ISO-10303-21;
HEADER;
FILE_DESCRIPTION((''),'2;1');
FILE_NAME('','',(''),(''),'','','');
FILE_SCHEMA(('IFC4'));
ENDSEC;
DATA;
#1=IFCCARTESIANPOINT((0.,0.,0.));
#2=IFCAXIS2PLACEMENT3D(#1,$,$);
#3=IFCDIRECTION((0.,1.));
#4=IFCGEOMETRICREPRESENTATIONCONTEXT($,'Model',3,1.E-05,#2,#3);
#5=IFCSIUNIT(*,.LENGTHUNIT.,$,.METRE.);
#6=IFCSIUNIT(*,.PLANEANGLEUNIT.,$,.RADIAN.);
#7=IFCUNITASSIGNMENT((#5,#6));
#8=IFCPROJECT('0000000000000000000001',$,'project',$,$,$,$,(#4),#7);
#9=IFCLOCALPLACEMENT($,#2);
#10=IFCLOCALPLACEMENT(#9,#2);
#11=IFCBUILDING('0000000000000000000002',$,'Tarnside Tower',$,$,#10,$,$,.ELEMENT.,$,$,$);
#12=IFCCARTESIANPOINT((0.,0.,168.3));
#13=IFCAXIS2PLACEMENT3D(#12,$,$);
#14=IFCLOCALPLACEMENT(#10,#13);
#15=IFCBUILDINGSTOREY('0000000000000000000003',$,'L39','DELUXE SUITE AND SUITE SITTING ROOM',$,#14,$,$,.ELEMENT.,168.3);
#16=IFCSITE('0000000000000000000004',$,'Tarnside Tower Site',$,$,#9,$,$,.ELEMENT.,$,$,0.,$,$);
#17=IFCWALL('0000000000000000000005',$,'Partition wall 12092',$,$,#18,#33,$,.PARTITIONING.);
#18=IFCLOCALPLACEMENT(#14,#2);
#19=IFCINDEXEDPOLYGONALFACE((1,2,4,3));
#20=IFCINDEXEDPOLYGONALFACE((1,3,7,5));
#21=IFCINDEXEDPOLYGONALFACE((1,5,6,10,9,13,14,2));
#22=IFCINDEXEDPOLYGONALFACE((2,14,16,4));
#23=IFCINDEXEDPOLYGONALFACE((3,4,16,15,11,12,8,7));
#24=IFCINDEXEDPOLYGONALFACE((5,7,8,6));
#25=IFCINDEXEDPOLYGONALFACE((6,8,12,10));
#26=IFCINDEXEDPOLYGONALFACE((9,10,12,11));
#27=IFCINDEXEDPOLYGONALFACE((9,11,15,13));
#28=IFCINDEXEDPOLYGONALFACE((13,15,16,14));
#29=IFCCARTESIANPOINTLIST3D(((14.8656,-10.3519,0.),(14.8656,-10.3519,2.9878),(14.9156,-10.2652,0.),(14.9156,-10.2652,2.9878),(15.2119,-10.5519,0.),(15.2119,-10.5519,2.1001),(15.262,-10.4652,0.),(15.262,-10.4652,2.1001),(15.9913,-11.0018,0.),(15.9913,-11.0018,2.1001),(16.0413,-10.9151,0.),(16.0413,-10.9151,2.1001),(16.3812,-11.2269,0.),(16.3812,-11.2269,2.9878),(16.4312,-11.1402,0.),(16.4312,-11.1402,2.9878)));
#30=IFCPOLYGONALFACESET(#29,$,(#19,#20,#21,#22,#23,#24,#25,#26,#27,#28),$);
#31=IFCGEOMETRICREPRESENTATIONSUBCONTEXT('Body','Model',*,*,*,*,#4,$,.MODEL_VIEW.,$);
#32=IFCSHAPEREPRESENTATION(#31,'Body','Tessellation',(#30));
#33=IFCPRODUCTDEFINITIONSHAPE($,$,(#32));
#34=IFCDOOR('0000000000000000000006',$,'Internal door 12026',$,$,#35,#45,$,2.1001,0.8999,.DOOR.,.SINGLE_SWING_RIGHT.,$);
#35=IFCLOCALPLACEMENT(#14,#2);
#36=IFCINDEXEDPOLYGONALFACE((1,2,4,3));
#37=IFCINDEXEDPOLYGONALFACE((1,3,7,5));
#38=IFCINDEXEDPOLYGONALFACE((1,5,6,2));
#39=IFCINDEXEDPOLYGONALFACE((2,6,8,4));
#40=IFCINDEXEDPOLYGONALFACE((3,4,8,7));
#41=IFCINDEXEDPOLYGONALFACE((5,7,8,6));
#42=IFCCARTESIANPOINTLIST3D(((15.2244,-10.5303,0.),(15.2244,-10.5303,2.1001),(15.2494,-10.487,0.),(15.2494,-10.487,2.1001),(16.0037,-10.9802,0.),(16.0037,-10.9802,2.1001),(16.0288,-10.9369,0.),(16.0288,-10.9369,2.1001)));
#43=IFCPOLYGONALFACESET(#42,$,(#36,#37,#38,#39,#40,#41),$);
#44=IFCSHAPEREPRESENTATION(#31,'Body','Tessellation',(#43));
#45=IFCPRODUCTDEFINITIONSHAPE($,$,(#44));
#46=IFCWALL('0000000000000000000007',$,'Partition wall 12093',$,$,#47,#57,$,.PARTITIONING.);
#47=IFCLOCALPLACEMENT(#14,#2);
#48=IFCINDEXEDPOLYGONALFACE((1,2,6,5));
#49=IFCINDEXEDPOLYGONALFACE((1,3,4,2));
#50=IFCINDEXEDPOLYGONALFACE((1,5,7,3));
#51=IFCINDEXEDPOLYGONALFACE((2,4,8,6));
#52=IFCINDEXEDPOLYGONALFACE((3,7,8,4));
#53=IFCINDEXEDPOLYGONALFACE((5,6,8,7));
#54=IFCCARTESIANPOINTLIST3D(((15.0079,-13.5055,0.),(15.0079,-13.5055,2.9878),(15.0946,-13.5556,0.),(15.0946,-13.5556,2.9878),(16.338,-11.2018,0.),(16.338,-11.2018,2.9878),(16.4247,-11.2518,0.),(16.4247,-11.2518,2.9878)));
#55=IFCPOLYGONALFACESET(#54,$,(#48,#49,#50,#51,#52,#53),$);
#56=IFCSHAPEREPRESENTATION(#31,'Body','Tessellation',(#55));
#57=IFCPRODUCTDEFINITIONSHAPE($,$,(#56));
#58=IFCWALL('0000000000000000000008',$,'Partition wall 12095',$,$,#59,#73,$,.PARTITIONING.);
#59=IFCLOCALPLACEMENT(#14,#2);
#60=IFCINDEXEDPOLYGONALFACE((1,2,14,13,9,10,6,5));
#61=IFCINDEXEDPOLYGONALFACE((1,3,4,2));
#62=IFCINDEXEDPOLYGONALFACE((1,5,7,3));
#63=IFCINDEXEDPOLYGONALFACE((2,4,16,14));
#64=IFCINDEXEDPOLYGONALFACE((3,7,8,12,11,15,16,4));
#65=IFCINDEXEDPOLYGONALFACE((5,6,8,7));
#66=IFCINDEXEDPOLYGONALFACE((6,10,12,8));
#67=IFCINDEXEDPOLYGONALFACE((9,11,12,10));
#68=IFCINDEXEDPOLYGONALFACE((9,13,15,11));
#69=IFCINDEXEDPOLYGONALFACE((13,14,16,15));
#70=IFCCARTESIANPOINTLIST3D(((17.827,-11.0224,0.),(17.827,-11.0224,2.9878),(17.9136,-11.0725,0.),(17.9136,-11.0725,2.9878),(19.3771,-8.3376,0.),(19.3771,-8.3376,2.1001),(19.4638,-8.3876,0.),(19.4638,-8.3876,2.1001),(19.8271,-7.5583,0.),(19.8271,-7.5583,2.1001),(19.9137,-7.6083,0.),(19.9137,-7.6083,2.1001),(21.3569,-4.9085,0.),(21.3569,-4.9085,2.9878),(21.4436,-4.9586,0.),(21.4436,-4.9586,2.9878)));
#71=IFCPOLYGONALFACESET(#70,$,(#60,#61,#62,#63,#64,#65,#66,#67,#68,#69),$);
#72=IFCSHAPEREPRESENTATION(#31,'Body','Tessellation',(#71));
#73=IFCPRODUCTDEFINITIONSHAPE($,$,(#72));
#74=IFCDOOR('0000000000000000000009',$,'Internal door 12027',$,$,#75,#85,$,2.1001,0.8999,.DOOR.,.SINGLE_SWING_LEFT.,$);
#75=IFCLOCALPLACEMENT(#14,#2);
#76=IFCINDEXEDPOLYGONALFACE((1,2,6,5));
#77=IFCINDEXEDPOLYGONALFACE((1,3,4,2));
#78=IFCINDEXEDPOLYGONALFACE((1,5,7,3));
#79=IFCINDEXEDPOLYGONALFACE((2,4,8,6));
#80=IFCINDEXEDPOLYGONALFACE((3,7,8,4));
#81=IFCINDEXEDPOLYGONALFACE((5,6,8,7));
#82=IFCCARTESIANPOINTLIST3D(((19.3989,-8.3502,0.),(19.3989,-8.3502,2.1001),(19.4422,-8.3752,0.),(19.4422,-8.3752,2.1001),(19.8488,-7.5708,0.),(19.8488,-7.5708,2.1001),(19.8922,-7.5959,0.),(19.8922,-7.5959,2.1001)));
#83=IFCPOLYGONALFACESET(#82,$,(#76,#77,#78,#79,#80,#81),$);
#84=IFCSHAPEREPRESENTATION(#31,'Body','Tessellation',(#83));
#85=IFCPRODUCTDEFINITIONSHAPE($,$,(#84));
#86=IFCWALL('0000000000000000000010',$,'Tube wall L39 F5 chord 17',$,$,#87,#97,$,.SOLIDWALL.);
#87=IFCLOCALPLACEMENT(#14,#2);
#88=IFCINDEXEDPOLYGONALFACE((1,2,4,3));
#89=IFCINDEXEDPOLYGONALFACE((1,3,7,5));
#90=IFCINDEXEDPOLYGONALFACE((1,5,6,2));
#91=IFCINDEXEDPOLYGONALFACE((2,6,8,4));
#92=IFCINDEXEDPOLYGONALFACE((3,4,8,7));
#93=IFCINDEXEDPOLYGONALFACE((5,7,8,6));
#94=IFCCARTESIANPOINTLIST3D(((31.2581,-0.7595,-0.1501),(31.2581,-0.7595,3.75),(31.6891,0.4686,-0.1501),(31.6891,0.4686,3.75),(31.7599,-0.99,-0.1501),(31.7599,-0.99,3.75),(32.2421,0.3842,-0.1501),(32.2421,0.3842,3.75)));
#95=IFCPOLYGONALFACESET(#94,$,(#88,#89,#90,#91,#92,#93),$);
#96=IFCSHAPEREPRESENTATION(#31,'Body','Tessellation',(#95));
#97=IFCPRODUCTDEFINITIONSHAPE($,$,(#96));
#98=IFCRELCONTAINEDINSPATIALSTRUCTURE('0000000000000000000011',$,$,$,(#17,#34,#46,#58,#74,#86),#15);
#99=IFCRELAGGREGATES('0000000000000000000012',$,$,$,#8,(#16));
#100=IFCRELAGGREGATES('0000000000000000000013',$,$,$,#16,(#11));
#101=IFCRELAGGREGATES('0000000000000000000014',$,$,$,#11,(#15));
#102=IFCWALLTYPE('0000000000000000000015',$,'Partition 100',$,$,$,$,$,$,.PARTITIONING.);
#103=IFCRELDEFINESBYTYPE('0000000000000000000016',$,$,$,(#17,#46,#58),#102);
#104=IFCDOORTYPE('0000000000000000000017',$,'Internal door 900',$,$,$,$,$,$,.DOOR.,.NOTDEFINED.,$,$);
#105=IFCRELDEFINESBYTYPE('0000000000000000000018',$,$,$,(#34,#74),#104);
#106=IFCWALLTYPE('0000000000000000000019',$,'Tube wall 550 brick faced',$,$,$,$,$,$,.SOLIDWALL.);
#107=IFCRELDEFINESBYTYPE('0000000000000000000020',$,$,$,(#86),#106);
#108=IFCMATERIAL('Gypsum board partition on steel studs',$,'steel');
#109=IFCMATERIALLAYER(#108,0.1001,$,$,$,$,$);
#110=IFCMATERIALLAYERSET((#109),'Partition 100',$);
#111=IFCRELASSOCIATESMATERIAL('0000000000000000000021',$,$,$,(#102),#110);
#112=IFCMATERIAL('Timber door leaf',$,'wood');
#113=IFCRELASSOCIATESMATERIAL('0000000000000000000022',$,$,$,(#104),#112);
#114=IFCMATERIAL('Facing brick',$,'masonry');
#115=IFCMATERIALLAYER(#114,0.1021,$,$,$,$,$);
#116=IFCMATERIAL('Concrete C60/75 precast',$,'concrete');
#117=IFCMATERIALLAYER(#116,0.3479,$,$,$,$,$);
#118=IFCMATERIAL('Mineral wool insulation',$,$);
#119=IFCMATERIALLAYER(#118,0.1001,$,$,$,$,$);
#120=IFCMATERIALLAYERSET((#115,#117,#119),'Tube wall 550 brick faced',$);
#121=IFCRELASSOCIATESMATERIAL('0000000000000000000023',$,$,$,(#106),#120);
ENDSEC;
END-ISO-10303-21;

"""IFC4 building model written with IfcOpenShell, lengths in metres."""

from ifc_helpers import new_model, si_unit, direction, frame, frame_2d, origin, place, context, subcontext, project, spatial, polyline, rectangle, outline, extrude, material, layer, layer_set, type_object, element, fill, save


model = new_model("IFC4")

# Units and contexts
model_context = context("Model", 3, precision=1e-05, world=origin(), true_north=direction((0.0, 1.0)))
body_context = subcontext(model_context, "Body", "Model", "MODEL_VIEW")
ifc_project = project(units=[si_unit("LENGTHUNIT", "METRE"), si_unit("PLANEANGLEUNIT", "RADIAN")], contexts=[model_context])

# Site, building, storey
site_placement = place(None, origin())
site = spatial("IfcSite", under=ifc_project, at=site_placement, Name="Tarnside Tower Site", CompositionType="ELEMENT", RefElevation=0.0)
building_placement = place(site_placement, origin())
building = spatial("IfcBuilding", under=site, at=building_placement, Name="Tarnside Tower", CompositionType="ELEMENT")
storey_placement = place(building_placement, frame((0.0, 0.0, 168.3)))
storey = spatial("IfcBuildingStorey", under=building, at=storey_placement, Name="L39", Description="DELUXE SUITE AND SUITE SITTING ROOM", CompositionType="ELEMENT", Elevation=168.3)

# Shared definitions
ifc_material_1 = material(Name="Gypsum board partition on steel studs", Category="steel")

# Shared definitions
ifc_material_2 = material(Name="Timber door leaf", Category="wood")

# Wall, opening, door
ifc_layer_1 = layer(ifc_material_1, 0.1001)
ifc_layer_set_1 = layer_set([ifc_layer_1], Name="Partition 100")
wall_type_1 = type_object("IfcWallType", Name="Partition 100", PredefinedType="PARTITIONING", material=ifc_layer_set_1)
wall_1_placement = place(storey_placement, frame((14.8906, -10.3086, 0.0), z_axis=(0.0, 0.0, 1.0), x_axis=(0.866037, -0.49998, 0.0)))
wall_1 = element("IfcWall", 1, at=wall_1_placement, inside=storey, type_object=wall_type_1, Name="Partition wall 12092", PredefinedType="PARTITIONING", context=body_context, shape_type="SweptSolid", body=[
    extrude(rectangle(XDim=1.75, YDim=0.1001, at=frame_2d((0.875, 0.0))), origin(), (0.0, 0.0, 1.0), 2.9878),
])
opening_1_placement = place(wall_1_placement, frame((0.3999, 0.0, 0.0)))
opening_1 = element("IfcOpeningElement", 2, at=opening_1_placement, cuts=wall_1, PredefinedType="OPENING", context=body_context, shape_type="SweptSolid", body=[
    extrude(rectangle(XDim=0.8999, YDim=2.1001, at=frame_2d((0.45, 1.05))), frame((0.0, 0.0601, 0.0), z_axis=(0.0, -1.0, 0.0), x_axis=(1.0, 0.0, 0.0)), (0.0, 0.0, 1.0), 0.1201),
])
door_type_1 = type_object("IfcDoorType", Name="Internal door 900", OperationType="NOTDEFINED", PredefinedType="DOOR", material=ifc_material_2)
door_1_placement = place(opening_1_placement, origin())
door_1 = element("IfcDoor", 3, at=door_1_placement, inside=storey, type_object=door_type_1, Name="Internal door 12026", OperationType="SINGLE_SWING_RIGHT", OverallHeight=2.1001, OverallWidth=0.8999, PredefinedType="DOOR", context=body_context, shape_type="SweptSolid", body=[
    extrude(rectangle(XDim=0.8999, YDim=2.1001, at=frame_2d((0.45, 1.05))), frame((0.0, 0.0249, 0.0), z_axis=(0.0, -1.0, 0.0), x_axis=(1.0, 0.0, 0.0)), (0.0, 0.0, 1.0), 0.05),
])
fill(opening_1, door_1)

# Wall
wall_2_placement = place(storey_placement, frame((16.3813, -11.2268, 0.0), z_axis=(0.0, 0.0, 1.0), x_axis=(-0.500008, -0.866021, 0.0)))
element("IfcWall", 4, at=wall_2_placement, inside=storey, type_object=wall_type_1, Name="Partition wall 12093", PredefinedType="PARTITIONING", context=body_context, shape_type="SweptSolid", body=[
    extrude(rectangle(XDim=2.6602, YDim=0.1001, at=frame_2d((1.3301, 0.0))), origin(), (0.0, 0.0, 1.0), 2.9878),
])

# Wall, opening, door
wall_3_placement = place(storey_placement, frame((17.8704, -11.0474, 0.0), z_axis=(0.0, 0.0, 1.0), x_axis=(0.500011, 0.866019, 0.0)))
wall_3 = element("IfcWall", 5, at=wall_3_placement, inside=storey, type_object=wall_type_1, Name="Partition wall 12095", PredefinedType="PARTITIONING", context=body_context, shape_type="SweptSolid", body=[
    extrude(rectangle(XDim=7.0598, YDim=0.1001, at=frame_2d((3.5298, 0.0))), origin(), (0.0, 0.0, 1.0), 2.9878),
])
opening_2_placement = place(wall_3_placement, frame((3.1001, 0.0, 0.0)))
opening_2 = element("IfcOpeningElement", 6, at=opening_2_placement, cuts=wall_3, PredefinedType="OPENING", context=body_context, shape_type="SweptSolid", body=[
    extrude(rectangle(XDim=0.8999, YDim=2.1001, at=frame_2d((0.45, 1.05))), frame((0.0, 0.0601, 0.0), z_axis=(0.0, -1.0, 0.0), x_axis=(1.0, 0.0, 0.0)), (0.0, 0.0, 1.0), 0.1201),
])
door_2_placement = place(opening_2_placement, origin())
door_2 = element("IfcDoor", 7, at=door_2_placement, inside=storey, type_object=door_type_1, Name="Internal door 12027", OperationType="SINGLE_SWING_LEFT", OverallHeight=2.1001, OverallWidth=0.8999, PredefinedType="DOOR", context=body_context, shape_type="SweptSolid", body=[
    extrude(rectangle(XDim=0.8999, YDim=2.1001, at=frame_2d((0.45, 1.05))), frame((0.0, 0.0249, 0.0), z_axis=(0.0, -1.0, 0.0), x_axis=(1.0, 0.0, 0.0)), (0.0, 0.0, 1.0), 0.05),
])
fill(opening_2, door_2)

# Wall
ifc_material_3 = material(Name="Facing brick", Category="masonry")
ifc_layer_2 = layer(ifc_material_3, 0.1021)
ifc_material_4 = material(Name="Concrete C60/75 precast", Category="concrete")
ifc_layer_3 = layer(ifc_material_4, 0.3479)
ifc_material_5 = material(Name="Mineral wool insulation")
ifc_layer_4 = layer(ifc_material_5, 0.1001)
ifc_layer_set_2 = layer_set([ifc_layer_2, ifc_layer_3, ifc_layer_4], Name="Tube wall 550 brick faced")
wall_type_2 = type_object("IfcWallType", Name="Tube wall 550 brick faced", PredefinedType="SOLIDWALL", material=ifc_layer_set_2)
wall_4_placement = place(storey_placement, frame((31.509, -0.8748, -0.1501), z_axis=(0.0, 0.0, 1.0), x_axis=(0.331115, 0.94359, 0.0)))
element("IfcWall", 8, at=wall_4_placement, inside=storey, type_object=wall_type_2, Name="Tube wall L39 F5 chord 17", PredefinedType="SOLIDWALL", context=body_context, shape_type="SweptSolid", body=[
    extrude(outline(polyline([(-0.0256, -0.2749), (1.4307, -0.2749), (1.3271, 0.2749), (0.0256, 0.2749), (-0.0256, -0.2749)])), origin(), (0.0, 0.0, 1.0), 3.9001),
])

save(model, "model.ifc")
